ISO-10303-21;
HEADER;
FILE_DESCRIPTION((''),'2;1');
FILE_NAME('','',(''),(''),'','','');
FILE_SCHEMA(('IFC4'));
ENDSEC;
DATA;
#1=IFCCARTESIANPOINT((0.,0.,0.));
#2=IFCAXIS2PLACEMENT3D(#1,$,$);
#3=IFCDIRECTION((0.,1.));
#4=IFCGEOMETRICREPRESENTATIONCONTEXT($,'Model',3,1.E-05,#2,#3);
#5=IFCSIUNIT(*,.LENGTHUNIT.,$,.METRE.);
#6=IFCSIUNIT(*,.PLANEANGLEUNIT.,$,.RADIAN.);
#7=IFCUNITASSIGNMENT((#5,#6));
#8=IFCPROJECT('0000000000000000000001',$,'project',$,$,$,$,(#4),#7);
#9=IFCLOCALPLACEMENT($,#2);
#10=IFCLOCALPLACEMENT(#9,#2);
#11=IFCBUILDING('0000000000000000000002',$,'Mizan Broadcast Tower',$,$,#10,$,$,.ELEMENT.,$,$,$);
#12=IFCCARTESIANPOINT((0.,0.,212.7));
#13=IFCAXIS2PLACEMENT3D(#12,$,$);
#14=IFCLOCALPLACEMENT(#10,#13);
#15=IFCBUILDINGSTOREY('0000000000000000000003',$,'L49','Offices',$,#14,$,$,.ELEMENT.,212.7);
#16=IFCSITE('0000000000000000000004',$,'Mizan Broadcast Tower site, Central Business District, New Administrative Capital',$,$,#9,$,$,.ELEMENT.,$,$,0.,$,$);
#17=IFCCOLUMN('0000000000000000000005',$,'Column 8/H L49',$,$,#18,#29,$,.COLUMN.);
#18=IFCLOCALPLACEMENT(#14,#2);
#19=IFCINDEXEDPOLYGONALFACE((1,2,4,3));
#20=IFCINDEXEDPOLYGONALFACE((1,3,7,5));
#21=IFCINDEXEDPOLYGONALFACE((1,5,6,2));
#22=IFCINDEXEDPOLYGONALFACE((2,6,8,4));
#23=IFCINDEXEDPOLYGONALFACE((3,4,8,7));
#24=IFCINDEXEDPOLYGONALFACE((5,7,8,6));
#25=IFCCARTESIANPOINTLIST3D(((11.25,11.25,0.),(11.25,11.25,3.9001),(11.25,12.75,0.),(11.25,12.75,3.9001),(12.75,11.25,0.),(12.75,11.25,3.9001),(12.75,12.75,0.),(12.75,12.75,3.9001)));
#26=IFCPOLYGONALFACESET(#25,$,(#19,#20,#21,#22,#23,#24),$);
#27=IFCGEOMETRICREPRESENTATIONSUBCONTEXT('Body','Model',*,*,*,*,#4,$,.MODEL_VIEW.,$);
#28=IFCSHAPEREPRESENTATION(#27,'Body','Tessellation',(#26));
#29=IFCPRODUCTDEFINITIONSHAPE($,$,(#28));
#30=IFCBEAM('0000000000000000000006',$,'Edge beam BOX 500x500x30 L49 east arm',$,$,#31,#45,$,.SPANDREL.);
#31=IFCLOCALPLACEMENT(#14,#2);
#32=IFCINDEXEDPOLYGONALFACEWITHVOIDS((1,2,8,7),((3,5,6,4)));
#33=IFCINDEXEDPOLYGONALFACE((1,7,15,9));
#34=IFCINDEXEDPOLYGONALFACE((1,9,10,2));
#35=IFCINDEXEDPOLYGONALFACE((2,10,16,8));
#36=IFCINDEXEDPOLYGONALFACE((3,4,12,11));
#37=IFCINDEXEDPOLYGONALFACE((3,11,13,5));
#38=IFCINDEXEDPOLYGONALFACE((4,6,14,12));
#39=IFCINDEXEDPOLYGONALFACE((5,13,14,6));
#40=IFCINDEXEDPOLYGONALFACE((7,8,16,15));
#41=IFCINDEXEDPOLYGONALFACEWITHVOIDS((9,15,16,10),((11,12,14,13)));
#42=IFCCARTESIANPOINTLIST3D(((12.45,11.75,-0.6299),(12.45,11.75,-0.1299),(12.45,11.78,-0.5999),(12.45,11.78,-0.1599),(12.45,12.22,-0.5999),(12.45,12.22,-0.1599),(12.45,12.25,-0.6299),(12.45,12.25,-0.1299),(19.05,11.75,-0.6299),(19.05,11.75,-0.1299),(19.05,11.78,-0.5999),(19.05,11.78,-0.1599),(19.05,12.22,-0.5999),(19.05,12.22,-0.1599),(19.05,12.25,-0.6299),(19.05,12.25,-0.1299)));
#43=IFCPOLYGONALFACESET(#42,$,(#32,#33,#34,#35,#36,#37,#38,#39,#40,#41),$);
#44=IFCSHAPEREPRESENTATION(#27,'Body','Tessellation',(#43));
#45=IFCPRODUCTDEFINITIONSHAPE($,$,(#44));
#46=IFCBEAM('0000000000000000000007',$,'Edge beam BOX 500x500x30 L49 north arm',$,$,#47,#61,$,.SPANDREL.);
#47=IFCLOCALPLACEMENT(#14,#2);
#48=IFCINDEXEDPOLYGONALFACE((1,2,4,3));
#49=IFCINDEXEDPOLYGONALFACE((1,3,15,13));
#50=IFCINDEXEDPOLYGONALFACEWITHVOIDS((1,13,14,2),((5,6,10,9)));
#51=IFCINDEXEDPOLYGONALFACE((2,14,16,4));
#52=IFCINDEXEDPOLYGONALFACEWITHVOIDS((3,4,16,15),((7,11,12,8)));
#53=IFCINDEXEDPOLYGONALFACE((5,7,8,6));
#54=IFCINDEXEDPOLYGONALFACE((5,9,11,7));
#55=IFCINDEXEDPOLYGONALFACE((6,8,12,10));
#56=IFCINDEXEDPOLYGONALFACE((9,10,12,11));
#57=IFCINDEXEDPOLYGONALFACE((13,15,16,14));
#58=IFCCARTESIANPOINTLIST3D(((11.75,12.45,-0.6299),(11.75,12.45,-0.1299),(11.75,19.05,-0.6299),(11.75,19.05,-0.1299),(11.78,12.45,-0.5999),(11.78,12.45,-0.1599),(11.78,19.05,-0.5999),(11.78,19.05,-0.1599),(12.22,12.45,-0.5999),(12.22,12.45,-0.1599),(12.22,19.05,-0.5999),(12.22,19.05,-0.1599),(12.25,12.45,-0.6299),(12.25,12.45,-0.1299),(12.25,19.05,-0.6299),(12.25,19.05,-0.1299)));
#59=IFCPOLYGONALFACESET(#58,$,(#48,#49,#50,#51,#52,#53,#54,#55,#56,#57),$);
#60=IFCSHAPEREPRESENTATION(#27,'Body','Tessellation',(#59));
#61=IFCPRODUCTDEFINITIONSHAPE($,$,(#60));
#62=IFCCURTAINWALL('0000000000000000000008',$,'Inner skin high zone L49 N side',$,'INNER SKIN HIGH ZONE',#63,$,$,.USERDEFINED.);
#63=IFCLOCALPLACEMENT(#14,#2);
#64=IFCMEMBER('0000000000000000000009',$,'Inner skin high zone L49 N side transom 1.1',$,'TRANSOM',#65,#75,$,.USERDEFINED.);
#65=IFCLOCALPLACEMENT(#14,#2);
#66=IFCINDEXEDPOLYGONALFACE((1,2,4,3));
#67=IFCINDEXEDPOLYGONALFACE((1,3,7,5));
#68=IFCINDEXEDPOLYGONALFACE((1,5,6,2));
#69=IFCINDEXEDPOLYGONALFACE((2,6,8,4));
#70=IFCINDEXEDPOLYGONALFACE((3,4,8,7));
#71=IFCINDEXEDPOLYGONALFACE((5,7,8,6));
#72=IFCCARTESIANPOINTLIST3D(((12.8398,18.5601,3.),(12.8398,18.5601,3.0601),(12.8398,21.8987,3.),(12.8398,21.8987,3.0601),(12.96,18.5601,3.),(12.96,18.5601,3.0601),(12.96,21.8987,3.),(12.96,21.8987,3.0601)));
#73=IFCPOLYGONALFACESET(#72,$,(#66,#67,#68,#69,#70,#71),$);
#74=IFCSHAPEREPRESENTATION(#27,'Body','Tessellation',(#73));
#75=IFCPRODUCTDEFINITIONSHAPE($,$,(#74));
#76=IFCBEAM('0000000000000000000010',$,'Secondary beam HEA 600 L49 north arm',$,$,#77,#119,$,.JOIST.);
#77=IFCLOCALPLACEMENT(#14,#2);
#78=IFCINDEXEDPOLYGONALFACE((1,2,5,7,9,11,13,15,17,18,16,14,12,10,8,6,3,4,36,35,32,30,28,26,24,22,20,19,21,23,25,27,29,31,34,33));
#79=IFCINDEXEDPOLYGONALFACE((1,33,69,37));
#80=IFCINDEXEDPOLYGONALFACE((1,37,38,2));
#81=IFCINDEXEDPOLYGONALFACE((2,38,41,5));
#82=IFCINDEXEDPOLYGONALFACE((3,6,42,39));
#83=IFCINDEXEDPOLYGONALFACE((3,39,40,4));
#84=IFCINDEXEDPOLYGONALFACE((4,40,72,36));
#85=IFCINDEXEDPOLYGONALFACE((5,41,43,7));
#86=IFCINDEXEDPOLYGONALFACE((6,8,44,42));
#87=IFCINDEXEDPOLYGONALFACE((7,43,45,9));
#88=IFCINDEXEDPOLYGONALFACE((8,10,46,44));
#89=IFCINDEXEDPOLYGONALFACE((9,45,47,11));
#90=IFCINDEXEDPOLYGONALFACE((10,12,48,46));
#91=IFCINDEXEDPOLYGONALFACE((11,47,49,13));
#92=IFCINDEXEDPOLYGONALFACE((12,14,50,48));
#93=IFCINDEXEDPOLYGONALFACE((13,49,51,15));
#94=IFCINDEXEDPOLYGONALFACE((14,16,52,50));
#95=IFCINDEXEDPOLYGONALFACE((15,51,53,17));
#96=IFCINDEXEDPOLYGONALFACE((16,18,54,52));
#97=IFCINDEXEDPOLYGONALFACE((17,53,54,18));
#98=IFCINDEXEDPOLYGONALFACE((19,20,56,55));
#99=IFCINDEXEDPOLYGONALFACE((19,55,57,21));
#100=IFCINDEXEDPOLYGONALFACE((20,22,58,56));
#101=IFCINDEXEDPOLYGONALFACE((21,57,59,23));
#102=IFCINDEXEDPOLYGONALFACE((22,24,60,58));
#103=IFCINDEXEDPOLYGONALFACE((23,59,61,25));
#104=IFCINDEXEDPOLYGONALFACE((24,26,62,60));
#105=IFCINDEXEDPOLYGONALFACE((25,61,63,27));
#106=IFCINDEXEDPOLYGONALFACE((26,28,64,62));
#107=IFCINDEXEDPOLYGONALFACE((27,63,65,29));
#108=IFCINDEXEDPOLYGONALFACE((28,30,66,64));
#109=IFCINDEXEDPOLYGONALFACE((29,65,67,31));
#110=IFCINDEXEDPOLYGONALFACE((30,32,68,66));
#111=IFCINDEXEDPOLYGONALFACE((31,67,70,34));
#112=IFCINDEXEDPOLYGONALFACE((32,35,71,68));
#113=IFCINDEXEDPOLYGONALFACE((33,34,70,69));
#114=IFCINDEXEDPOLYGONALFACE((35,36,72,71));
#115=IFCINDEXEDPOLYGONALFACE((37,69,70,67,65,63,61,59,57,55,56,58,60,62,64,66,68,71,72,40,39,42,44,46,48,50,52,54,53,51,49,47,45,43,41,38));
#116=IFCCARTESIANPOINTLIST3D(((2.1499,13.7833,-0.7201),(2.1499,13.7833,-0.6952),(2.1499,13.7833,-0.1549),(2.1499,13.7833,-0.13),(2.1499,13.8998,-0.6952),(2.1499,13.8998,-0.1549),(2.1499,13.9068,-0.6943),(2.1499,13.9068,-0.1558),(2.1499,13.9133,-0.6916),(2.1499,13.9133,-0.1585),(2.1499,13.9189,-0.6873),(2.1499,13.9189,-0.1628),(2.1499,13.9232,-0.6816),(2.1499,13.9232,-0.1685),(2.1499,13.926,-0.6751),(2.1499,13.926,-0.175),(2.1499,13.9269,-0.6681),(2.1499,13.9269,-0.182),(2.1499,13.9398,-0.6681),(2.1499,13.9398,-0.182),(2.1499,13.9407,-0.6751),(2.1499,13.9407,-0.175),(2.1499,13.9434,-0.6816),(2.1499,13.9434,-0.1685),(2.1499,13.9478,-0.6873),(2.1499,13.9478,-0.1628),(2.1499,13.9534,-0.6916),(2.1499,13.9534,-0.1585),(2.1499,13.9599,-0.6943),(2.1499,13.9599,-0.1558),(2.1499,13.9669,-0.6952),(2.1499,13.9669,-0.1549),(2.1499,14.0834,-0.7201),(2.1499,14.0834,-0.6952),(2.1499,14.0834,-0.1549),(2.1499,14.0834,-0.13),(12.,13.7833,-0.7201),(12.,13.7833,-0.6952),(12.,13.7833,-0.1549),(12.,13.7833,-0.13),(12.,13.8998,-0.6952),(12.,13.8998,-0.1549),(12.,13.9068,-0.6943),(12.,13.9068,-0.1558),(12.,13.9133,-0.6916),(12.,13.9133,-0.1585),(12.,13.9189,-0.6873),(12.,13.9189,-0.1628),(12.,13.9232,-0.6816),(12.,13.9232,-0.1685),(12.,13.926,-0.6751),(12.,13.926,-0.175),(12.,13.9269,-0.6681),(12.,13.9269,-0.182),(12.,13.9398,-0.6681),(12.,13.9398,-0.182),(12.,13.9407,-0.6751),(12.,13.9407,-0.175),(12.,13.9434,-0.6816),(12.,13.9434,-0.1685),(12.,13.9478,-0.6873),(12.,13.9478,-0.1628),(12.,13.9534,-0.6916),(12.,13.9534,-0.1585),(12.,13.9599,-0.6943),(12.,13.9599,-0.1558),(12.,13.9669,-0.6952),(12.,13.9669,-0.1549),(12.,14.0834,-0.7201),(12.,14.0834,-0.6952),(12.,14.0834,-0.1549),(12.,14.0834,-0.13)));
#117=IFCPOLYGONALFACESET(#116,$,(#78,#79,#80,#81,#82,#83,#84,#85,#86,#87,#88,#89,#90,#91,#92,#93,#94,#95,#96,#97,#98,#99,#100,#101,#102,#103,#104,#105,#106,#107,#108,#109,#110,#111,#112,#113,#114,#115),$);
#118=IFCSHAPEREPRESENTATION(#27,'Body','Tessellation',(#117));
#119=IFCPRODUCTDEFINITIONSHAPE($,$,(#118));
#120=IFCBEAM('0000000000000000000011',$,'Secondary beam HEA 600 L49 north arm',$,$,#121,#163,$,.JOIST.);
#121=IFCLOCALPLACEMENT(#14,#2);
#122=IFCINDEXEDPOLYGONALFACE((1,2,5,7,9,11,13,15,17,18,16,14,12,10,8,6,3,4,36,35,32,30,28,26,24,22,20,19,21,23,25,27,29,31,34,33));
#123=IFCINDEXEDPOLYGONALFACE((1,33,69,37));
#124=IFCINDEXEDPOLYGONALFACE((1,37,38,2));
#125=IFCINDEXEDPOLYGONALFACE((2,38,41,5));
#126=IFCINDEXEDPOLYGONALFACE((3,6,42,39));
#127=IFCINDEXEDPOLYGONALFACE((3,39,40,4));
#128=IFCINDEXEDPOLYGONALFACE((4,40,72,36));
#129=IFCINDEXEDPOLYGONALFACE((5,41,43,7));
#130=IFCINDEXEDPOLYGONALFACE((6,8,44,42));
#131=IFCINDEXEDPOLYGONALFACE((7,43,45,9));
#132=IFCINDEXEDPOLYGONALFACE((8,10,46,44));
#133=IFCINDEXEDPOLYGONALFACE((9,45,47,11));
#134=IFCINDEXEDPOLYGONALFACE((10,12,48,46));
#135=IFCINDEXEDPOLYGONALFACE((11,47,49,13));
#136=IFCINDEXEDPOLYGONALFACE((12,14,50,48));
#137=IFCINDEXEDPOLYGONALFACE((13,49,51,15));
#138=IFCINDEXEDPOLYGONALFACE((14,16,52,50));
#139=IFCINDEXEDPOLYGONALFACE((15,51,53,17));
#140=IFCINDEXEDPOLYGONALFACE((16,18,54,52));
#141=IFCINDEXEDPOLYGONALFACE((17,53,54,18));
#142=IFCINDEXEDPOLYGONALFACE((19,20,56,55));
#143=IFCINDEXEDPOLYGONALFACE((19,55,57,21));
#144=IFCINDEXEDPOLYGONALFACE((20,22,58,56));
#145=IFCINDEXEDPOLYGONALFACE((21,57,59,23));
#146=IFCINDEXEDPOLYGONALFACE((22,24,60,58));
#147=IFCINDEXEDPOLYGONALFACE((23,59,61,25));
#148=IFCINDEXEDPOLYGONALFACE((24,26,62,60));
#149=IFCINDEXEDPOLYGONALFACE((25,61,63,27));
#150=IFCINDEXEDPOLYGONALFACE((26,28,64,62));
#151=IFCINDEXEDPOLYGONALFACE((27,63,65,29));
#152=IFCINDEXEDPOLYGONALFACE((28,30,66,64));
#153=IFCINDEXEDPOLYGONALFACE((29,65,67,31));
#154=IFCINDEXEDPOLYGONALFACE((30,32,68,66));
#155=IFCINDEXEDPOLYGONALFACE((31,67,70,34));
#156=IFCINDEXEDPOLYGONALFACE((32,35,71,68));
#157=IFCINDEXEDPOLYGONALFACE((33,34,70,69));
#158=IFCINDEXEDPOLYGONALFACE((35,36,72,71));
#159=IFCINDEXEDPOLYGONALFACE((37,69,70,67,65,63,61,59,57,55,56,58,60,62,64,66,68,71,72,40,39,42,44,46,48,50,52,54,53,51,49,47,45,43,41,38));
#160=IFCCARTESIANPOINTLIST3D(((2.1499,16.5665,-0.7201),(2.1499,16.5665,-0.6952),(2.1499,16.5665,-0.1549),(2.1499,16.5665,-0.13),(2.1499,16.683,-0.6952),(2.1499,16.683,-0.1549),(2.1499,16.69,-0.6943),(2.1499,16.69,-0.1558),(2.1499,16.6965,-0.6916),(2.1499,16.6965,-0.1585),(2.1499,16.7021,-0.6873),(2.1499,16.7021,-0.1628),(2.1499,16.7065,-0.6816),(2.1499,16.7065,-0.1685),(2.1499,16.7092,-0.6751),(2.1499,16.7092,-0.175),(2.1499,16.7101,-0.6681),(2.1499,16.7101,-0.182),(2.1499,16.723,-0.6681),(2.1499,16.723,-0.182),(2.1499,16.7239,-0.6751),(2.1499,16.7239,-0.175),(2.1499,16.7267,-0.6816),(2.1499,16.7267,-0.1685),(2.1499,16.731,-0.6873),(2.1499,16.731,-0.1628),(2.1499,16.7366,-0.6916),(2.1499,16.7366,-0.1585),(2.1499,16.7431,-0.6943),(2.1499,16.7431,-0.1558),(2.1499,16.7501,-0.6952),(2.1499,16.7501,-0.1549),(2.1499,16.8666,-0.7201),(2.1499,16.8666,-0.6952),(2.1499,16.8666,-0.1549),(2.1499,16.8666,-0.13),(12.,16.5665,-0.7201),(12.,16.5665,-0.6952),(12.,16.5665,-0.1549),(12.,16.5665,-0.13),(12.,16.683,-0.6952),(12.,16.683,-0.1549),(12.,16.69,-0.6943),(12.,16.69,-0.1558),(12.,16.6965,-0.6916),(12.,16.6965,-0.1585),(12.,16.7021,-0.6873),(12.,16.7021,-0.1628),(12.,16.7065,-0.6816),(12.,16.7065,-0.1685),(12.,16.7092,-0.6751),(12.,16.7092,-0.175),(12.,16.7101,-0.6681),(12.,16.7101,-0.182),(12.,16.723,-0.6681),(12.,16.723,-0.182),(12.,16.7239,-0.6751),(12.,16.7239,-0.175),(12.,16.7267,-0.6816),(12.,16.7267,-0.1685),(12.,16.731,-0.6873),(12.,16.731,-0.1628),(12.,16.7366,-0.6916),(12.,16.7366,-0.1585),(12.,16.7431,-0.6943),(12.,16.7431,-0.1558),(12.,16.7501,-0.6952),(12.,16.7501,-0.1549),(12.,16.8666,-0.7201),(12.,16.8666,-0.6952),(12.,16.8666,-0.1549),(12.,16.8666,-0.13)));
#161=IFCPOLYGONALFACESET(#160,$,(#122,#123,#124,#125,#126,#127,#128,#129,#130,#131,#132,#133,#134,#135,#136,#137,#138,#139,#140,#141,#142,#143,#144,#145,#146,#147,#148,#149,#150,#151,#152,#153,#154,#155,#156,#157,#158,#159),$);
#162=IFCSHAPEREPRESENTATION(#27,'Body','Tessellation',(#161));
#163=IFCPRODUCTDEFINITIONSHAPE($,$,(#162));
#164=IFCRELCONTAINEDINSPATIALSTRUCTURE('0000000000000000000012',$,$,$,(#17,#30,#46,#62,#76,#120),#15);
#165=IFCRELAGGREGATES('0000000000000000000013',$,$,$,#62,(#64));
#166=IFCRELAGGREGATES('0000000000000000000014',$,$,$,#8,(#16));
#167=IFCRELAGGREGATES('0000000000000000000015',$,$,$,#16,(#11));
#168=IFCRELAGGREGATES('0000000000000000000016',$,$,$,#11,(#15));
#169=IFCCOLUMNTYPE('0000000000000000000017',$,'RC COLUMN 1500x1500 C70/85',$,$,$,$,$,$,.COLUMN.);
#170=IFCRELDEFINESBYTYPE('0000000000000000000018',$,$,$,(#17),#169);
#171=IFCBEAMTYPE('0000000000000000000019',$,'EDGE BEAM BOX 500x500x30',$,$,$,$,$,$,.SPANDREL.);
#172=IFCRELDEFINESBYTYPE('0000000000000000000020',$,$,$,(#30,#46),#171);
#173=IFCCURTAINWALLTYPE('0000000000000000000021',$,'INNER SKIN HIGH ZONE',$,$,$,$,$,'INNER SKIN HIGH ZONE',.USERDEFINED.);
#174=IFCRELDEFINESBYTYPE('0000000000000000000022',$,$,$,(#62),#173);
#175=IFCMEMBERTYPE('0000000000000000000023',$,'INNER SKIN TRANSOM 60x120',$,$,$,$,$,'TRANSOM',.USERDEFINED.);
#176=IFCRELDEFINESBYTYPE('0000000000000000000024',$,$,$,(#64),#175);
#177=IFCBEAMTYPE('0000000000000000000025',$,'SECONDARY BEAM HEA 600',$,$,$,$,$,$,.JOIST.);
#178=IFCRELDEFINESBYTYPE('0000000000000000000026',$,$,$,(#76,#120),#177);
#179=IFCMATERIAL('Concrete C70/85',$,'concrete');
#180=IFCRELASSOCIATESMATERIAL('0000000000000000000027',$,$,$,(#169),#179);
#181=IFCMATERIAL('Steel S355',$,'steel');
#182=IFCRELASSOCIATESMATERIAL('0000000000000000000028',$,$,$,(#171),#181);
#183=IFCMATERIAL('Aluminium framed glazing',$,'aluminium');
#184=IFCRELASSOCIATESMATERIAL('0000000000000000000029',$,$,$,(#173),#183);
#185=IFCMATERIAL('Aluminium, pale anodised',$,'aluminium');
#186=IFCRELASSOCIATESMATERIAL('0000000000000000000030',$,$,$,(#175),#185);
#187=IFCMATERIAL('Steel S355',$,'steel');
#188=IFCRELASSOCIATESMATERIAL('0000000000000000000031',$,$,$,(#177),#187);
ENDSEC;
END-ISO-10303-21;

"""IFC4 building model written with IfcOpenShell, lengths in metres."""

from ifc_helpers import new_model, si_unit, direction, frame, origin, origin_2d, place, context, subcontext, project, spatial, rectangle, hollow_rectangle, i_section, extrude, material, material_profile, profile_set, type_object, element, aggregate, save


model = new_model("IFC4")

# Units and contexts
model_context = context("Model", 3, precision=1e-05, world=origin(), true_north=direction((0.0, 1.0)))
body_context = subcontext(model_context, "Body", "Model", "MODEL_VIEW")
ifc_project = project(units=[si_unit("LENGTHUNIT", "METRE"), si_unit("PLANEANGLEUNIT", "RADIAN")], contexts=[model_context])

# Site, building, storey
site_placement = place(None, origin())
site = spatial("IfcSite", under=ifc_project, at=site_placement, Name="Mizan Broadcast Tower site, Central Business District, New Administrative Capital", CompositionType="ELEMENT", RefElevation=0.0)
building_placement = place(site_placement, origin())
building = spatial("IfcBuilding", under=site, at=building_placement, Name="Mizan Broadcast Tower", CompositionType="ELEMENT")
storey_placement = place(building_placement, frame((0.0, 0.0, 212.7)))
storey = spatial("IfcBuildingStorey", under=building, at=storey_placement, Name="L49", Description="Offices", CompositionType="ELEMENT", Elevation=212.7)

# Column
ifc_material_1 = material(Name="Concrete C70/85", Category="concrete")
ifc_material_profile_1 = material_profile(ifc_material_1, rectangle(XDim=1.5, YDim=1.5, at=origin_2d()), Name="RC 1500x1500")
ifc_profile_set_1 = profile_set([ifc_material_profile_1], Name="Concrete C70/85")
column_type = type_object("IfcColumnType", Name="RC COLUMN 1500x1500 C70/85", PredefinedType="COLUMN", material=ifc_profile_set_1)
column_placement = place(storey_placement, frame((12.0, 12.0, 0.0), z_axis=(0.0, 0.0, 1.0), x_axis=(1.0, 0.0, 0.0)))
element("IfcColumn", 1, at=column_placement, inside=storey, type_object=column_type, Name="Column 8/H L49", PredefinedType="COLUMN", context=body_context, shape_type="SweptSolid", body=[
    extrude(rectangle(XDim=1.5, YDim=1.5, at=origin_2d()), origin(), (0.0, 0.0, 1.0), 3.9001),
])

# Beams
ifc_material_2 = material(Name="Steel S355", Category="steel")
ifc_material_profile_2 = material_profile(ifc_material_2, hollow_rectangle(XDim=0.5, YDim=0.5, WallThickness=0.03, at=origin_2d()), Name="BOX 500x500x30")
ifc_profile_set_2 = profile_set([ifc_material_profile_2], Name="Steel S355")
beam_type_1 = type_object("IfcBeamType", Name="EDGE BEAM BOX 500x500x30", PredefinedType="SPANDREL", material=ifc_profile_set_2)
for number, where, z_axis, x_axis, name in (
    (2, (12.45, 12.0, -0.3799), (1.0, 0.0, 0.0), (0.0, 1.0, 0.0), "Edge beam BOX 500x500x30 L49 east arm"),
    (3, (12.0, 12.45, -0.3799), (0.0, 1.0, 0.0), (-1.0, 0.0, 0.0), "Edge beam BOX 500x500x30 L49 north arm"),
):
    element("IfcBeam", number, at=place(storey_placement, frame(where, z_axis=z_axis, x_axis=x_axis)), inside=storey, type_object=beam_type_1, Name=name, PredefinedType="SPANDREL", context=body_context, shape_type="SweptSolid", body=[
        extrude(hollow_rectangle(XDim=0.5, YDim=0.5, WallThickness=0.03, at=origin_2d()), origin(), (0.0, 0.0, 1.0), 6.6001),
    ])

# Curtain wall, member
ifc_material_3 = material(Name="Aluminium framed glazing", Category="aluminium")
curtain_wall_type = type_object("IfcCurtainWallType", Name="INNER SKIN HIGH ZONE", ElementType="INNER SKIN HIGH ZONE", PredefinedType="USERDEFINED", material=ifc_material_3)
curtain_wall_placement = place(storey_placement, origin())
curtain_wall = element("IfcCurtainWall", 4, at=curtain_wall_placement, inside=storey, type_object=curtain_wall_type, Name="Inner skin high zone L49 N side", ObjectType="INNER SKIN HIGH ZONE", PredefinedType="USERDEFINED")
ifc_material_4 = material(Name="Aluminium, pale anodised", Category="aluminium")
ifc_material_profile_3 = material_profile(ifc_material_4, rectangle(XDim=0.1201, YDim=0.0601, at=origin_2d()), Name="TRANSOM 120x60")
ifc_profile_set_3 = profile_set([ifc_material_profile_3], Name="Aluminium, pale anodised")
member_type = type_object("IfcMemberType", Name="INNER SKIN TRANSOM 60x120", ElementType="TRANSOM", PredefinedType="USERDEFINED", material=ifc_profile_set_3)
member_placement = place(storey_placement, frame((12.8999, 18.5601, 3.03), z_axis=(0.0, 1.0, 0.0), x_axis=(-1.0, 0.0, 0.0)))
member = element("IfcMember", 5, at=member_placement, type_object=member_type, Name="Inner skin high zone L49 N side transom 1.1", ObjectType="TRANSOM", PredefinedType="USERDEFINED", context=body_context, shape_type="SweptSolid", body=[
    extrude(rectangle(XDim=0.1201, YDim=0.0601, at=origin_2d()), origin(), (0.0, 0.0, 1.0), 3.3386),
])
aggregate(curtain_wall, [member])

# Beams
ifc_material_5 = material(Name="Steel S355", Category="steel")
ifc_material_profile_4 = material_profile(ifc_material_5, i_section(OverallWidth=0.3, OverallDepth=0.5901, WebThickness=0.0129, FlangeThickness=0.0249, FilletRadius=0.0271, at=origin_2d()), Name="HEA 600")
ifc_profile_set_4 = profile_set([ifc_material_profile_4], Name="Steel S355")
beam_type_2 = type_object("IfcBeamType", Name="SECONDARY BEAM HEA 600", PredefinedType="JOIST", material=ifc_profile_set_4)
for number, where, z_axis, x_axis, name in (
    (6, (12.0, 13.9333, -0.425), (-1.0, 0.0, 0.0), (0.0, -1.0, 0.0), "Secondary beam HEA 600 L49 north arm"),
    (7, (12.0, 16.7166, -0.425), (-1.0, 0.0, 0.0), (0.0, -1.0, 0.0), "Secondary beam HEA 600 L49 north arm"),
):
    element("IfcBeam", number, at=place(storey_placement, frame(where, z_axis=z_axis, x_axis=x_axis)), inside=storey, type_object=beam_type_2, Name=name, PredefinedType="JOIST", context=body_context, shape_type="SweptSolid", body=[
        extrude(i_section(OverallWidth=0.3, OverallDepth=0.5901, WebThickness=0.0129, FlangeThickness=0.0249, FilletRadius=0.0271, at=origin_2d()), origin(), (0.0, 0.0, 1.0), 9.8501),
    ])

save(model, "model.ifc")
